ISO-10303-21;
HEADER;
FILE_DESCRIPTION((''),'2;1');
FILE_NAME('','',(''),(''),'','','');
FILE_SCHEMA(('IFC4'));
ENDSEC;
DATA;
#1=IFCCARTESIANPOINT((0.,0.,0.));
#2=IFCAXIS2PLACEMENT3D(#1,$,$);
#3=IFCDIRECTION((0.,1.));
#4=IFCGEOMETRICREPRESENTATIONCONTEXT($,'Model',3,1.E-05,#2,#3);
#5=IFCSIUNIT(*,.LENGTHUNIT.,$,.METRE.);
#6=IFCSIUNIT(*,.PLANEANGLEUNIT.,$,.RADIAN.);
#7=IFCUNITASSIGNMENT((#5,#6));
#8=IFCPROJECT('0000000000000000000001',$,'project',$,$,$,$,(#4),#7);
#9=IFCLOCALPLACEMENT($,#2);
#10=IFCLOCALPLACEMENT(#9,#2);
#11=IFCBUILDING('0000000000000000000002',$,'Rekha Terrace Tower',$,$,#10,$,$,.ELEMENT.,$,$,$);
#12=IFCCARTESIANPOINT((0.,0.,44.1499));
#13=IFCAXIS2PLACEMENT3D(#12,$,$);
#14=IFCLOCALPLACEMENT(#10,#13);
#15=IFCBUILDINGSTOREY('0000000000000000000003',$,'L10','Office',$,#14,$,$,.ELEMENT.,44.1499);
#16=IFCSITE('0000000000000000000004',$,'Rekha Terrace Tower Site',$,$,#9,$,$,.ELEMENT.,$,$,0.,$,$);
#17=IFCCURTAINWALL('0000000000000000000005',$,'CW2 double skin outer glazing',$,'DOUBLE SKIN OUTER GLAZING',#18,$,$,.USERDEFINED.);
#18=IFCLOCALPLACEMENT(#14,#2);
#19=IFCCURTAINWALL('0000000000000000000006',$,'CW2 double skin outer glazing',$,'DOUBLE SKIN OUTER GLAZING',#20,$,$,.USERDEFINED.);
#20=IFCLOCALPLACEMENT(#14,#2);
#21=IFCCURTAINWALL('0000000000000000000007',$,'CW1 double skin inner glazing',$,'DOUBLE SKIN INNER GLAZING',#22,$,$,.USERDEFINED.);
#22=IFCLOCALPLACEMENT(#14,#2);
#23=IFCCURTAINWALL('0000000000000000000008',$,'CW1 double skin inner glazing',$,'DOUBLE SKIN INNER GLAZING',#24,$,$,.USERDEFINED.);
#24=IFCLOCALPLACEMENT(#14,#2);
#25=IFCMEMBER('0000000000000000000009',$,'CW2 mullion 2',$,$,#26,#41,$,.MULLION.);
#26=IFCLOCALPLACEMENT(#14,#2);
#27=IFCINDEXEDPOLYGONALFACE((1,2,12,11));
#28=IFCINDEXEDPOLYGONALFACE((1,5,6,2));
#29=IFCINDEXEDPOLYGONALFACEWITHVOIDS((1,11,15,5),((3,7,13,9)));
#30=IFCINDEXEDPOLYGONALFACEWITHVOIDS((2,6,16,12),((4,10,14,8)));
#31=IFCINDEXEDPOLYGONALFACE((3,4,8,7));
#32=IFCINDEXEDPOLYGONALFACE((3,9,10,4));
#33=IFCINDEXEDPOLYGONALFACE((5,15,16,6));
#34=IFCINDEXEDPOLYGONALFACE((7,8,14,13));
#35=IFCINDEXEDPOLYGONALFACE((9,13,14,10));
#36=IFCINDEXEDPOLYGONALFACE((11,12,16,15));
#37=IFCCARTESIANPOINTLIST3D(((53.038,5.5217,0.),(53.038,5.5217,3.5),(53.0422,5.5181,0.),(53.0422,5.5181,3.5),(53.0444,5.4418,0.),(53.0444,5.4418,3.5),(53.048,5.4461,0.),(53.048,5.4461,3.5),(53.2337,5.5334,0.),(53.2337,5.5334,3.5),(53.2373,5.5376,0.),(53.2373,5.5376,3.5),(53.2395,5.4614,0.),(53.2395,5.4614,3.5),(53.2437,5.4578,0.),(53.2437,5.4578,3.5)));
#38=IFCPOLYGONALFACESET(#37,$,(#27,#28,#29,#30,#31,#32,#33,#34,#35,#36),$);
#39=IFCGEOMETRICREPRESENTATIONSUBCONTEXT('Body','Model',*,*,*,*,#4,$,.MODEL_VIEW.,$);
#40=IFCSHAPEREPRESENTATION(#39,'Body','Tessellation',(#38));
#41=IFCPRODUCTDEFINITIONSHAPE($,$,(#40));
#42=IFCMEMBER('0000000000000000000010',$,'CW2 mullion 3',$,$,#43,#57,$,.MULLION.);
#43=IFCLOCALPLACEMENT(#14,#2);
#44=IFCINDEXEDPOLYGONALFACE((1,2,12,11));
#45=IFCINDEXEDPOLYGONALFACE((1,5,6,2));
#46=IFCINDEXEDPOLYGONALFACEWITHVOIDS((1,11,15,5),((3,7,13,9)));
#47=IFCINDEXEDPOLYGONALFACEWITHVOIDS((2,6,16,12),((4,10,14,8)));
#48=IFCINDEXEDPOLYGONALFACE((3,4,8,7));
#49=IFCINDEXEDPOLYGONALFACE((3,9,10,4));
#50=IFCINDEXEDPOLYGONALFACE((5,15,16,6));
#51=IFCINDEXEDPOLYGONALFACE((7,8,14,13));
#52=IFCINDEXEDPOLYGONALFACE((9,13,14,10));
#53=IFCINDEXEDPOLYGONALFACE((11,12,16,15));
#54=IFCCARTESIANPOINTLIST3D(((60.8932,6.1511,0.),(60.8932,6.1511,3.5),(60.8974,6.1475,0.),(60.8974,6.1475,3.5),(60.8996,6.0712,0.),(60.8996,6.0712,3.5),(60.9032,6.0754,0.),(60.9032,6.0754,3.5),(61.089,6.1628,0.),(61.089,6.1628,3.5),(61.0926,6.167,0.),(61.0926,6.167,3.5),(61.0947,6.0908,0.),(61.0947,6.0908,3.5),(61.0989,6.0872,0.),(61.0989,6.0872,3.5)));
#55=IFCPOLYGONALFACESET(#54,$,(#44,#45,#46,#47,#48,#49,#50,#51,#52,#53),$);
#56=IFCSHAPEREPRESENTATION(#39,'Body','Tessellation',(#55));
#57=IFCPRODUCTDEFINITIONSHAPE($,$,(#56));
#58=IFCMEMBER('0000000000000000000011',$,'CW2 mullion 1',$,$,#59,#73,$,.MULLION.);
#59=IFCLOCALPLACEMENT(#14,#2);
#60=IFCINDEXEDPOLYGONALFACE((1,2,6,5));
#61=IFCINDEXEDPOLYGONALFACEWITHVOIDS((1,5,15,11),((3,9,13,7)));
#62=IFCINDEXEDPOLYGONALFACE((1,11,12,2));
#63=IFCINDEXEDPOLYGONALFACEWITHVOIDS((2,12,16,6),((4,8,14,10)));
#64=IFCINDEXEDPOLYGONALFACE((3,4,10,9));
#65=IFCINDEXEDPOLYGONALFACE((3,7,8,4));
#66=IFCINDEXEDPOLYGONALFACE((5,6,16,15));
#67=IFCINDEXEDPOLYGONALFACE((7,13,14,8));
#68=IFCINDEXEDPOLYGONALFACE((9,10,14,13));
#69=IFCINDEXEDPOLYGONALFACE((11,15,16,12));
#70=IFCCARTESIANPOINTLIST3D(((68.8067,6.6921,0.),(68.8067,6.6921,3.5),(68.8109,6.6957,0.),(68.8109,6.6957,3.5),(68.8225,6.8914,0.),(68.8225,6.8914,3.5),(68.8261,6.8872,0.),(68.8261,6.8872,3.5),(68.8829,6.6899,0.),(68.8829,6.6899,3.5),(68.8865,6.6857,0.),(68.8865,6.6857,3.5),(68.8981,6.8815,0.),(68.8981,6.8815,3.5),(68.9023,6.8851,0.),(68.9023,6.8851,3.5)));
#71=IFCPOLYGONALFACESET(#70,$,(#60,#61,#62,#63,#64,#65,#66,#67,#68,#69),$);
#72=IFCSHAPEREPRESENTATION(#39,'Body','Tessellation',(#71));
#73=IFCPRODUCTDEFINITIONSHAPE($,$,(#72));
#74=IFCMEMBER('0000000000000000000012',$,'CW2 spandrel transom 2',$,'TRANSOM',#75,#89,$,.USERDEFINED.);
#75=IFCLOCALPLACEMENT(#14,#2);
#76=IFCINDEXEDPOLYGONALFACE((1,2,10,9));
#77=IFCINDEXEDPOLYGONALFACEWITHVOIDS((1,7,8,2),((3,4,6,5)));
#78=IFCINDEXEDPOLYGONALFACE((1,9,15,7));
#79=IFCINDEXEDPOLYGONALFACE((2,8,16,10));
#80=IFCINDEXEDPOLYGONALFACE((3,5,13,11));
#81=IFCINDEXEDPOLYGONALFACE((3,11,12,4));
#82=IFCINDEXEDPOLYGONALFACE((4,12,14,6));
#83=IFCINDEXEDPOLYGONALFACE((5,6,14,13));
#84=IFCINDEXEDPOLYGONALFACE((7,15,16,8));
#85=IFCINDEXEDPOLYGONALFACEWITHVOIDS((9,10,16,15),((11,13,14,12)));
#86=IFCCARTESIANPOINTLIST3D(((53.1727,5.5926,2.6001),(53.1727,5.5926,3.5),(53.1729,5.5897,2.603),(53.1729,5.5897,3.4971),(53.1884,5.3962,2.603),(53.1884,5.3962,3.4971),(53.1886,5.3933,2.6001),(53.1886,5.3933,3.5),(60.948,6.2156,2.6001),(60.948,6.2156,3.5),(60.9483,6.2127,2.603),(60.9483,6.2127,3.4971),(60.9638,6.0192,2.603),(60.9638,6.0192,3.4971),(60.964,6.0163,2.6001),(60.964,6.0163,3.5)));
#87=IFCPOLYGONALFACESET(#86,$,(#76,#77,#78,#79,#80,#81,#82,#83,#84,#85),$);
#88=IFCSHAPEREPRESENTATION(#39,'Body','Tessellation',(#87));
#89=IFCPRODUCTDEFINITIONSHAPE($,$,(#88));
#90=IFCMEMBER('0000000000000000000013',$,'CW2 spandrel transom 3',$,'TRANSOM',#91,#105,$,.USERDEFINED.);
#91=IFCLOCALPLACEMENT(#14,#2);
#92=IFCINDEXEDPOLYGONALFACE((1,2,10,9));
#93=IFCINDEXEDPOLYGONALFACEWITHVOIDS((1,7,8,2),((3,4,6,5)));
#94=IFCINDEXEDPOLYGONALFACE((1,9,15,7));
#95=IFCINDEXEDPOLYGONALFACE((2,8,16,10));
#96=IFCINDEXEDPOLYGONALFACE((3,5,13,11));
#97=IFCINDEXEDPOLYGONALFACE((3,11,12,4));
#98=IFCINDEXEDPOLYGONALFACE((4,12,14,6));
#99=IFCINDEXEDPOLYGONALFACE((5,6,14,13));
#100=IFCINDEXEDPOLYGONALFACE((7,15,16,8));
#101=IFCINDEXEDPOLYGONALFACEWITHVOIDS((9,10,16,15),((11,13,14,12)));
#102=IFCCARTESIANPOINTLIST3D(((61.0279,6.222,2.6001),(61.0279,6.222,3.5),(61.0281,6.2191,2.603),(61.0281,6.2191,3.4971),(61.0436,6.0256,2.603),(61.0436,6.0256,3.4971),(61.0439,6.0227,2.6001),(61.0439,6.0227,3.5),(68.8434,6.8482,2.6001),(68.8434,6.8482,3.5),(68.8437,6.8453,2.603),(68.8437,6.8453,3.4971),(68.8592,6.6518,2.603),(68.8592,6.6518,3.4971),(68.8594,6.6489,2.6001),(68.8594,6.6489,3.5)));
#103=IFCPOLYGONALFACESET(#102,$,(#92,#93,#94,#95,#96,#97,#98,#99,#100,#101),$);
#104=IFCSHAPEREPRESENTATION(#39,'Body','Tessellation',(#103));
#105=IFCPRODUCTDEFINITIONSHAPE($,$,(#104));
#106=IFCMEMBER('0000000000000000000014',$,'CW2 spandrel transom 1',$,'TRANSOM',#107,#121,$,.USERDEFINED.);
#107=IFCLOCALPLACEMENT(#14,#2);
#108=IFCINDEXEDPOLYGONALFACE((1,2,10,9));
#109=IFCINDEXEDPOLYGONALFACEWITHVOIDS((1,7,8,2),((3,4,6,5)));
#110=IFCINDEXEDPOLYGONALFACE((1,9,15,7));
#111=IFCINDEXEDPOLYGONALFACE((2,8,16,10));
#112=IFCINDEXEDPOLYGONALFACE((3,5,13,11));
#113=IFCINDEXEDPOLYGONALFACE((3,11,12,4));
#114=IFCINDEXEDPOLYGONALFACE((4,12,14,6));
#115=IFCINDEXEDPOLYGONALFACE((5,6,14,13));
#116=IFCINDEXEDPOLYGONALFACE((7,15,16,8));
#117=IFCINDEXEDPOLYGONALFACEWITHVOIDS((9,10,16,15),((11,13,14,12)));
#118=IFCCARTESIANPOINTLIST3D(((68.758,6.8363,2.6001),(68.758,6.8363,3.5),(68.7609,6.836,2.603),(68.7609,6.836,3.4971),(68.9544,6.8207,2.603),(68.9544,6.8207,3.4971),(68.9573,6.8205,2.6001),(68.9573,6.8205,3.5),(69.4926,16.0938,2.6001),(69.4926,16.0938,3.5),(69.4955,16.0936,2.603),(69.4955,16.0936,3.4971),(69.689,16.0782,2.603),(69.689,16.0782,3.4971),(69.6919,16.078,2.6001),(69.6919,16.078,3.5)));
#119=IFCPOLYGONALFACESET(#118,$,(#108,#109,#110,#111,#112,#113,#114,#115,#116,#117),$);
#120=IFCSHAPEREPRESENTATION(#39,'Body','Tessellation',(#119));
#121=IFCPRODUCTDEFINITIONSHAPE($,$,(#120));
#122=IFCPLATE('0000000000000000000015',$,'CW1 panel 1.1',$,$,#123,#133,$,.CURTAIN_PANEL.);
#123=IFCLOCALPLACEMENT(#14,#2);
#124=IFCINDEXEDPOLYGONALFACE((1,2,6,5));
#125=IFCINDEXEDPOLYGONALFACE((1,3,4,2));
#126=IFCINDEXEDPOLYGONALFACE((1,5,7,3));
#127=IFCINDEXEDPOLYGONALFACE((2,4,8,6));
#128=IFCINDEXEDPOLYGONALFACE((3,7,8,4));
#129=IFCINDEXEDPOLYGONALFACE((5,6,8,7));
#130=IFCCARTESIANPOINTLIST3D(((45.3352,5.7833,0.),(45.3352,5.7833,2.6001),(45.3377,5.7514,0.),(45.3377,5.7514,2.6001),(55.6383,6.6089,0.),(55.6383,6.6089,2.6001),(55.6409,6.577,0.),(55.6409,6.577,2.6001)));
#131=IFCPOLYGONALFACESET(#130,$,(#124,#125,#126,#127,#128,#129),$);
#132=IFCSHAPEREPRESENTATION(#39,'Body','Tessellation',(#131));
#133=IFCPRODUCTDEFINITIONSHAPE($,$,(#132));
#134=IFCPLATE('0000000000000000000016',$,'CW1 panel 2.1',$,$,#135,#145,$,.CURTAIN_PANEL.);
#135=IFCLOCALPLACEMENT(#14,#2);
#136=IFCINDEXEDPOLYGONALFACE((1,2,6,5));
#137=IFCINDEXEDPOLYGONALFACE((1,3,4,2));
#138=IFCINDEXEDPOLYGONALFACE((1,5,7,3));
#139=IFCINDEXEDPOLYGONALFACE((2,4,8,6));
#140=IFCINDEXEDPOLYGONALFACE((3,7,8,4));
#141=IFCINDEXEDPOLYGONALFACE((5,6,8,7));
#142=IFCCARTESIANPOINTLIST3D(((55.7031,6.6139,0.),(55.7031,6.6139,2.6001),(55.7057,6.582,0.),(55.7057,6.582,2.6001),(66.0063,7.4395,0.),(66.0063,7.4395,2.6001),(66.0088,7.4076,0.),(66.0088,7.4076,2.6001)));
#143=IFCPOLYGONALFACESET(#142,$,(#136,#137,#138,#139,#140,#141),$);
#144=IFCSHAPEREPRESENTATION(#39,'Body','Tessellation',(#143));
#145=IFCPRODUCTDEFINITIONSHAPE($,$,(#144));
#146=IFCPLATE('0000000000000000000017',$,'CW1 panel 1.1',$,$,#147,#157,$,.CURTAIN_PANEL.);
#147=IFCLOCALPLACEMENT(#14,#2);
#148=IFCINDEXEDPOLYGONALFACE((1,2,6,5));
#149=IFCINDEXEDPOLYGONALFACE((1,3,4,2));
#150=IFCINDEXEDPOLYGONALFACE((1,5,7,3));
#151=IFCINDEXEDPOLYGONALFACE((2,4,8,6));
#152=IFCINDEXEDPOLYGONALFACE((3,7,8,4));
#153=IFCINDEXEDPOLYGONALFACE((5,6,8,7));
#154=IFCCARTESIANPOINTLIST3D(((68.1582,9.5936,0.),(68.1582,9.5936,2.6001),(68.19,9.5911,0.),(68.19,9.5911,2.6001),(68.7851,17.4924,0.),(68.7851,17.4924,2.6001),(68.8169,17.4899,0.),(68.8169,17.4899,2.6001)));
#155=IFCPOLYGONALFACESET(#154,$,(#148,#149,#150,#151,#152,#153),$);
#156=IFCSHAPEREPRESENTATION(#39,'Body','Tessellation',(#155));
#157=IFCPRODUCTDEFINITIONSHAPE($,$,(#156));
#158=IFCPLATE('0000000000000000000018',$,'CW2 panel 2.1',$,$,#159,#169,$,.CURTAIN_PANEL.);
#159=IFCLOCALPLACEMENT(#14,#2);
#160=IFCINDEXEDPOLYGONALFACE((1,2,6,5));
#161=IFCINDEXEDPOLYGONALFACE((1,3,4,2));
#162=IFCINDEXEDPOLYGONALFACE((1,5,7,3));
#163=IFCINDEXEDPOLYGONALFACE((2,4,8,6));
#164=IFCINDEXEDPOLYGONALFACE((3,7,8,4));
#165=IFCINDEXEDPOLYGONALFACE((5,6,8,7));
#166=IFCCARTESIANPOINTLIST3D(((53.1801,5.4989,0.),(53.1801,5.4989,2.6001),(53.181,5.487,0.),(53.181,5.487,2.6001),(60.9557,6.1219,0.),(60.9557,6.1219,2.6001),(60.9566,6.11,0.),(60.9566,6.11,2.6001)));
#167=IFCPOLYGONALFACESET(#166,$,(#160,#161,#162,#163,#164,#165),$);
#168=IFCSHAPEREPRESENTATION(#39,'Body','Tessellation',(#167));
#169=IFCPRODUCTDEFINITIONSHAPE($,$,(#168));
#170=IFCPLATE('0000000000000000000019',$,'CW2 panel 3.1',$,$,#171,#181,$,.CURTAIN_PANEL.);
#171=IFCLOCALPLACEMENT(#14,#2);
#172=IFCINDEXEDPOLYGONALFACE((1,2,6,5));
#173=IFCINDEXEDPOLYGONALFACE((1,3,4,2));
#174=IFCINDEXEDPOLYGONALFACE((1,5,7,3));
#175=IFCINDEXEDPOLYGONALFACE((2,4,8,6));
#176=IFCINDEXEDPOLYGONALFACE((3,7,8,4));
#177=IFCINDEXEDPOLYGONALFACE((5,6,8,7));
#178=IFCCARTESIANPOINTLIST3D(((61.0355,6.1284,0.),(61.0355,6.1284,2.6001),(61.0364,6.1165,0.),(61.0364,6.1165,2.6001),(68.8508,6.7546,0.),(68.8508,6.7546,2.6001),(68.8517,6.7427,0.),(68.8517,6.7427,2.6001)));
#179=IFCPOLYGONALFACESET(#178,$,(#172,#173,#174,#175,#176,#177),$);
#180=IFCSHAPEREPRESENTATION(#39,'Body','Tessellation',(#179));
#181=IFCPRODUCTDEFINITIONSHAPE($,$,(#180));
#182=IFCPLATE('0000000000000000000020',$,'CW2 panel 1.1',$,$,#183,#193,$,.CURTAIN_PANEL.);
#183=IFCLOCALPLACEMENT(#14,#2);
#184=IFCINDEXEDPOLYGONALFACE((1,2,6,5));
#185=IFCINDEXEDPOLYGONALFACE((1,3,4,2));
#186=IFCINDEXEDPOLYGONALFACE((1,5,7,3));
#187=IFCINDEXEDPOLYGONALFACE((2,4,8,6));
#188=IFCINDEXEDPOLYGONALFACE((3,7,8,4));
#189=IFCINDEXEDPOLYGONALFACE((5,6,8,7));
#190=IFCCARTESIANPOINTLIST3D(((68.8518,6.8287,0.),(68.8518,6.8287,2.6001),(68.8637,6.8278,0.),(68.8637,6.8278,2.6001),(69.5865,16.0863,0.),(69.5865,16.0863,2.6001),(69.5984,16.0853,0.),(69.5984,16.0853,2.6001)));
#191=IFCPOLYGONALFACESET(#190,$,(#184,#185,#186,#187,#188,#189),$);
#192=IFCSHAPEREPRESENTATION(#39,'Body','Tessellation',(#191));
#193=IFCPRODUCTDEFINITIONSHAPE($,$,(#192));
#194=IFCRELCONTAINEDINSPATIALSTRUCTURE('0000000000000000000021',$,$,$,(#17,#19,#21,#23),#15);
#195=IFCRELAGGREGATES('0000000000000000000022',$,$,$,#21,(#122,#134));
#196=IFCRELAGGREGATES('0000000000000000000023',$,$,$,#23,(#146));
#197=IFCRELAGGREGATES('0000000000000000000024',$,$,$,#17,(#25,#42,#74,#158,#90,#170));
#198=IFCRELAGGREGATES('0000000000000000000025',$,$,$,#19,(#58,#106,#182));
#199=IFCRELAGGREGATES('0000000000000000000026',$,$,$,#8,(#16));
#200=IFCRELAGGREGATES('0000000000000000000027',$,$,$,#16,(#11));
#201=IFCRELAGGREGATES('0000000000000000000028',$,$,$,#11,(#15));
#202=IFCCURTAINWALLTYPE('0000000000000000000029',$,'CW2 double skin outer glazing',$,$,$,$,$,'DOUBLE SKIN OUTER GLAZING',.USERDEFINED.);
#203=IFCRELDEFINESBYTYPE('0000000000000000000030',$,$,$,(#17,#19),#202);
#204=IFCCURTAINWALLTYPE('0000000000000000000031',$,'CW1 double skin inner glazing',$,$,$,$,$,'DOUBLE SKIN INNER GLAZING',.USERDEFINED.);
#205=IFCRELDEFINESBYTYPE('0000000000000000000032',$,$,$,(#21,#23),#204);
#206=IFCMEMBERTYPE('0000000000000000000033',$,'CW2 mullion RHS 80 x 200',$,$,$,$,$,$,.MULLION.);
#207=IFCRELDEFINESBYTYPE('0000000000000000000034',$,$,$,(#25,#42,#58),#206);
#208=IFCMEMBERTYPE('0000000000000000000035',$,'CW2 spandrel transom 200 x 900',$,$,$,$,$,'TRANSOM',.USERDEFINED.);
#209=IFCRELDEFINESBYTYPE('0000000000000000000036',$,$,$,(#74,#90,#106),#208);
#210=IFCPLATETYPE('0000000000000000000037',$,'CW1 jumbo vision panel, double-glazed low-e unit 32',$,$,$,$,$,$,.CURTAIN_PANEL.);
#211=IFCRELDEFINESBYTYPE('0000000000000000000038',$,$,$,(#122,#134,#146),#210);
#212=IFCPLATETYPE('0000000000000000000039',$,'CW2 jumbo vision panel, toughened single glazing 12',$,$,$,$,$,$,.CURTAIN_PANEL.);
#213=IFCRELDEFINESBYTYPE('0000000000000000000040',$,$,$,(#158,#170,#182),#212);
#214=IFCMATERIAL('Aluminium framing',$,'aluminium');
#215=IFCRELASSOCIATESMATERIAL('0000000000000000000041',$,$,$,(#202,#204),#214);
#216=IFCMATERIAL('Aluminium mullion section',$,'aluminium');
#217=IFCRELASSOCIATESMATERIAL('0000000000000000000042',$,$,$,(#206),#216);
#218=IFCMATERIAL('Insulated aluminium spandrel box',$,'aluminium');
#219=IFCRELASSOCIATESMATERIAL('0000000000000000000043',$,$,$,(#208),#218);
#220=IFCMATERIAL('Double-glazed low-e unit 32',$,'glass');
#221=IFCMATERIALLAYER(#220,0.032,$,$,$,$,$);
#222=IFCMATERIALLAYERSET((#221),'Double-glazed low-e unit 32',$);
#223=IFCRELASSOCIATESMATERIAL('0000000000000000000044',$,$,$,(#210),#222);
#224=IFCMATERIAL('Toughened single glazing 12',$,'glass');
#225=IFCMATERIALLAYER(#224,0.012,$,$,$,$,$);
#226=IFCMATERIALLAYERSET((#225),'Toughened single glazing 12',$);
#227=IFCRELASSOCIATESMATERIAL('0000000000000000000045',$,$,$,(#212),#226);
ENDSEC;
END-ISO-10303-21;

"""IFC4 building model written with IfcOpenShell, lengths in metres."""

from ifc_helpers import new_model, si_unit, direction, frame, origin, origin_2d, place, context, subcontext, project, spatial, rectangle, hollow_rectangle, extrude, material, layer, layer_set, material_profile, profile_set, type_object, element, aggregate, save


model = new_model("IFC4")

# Units and contexts
model_context = context("Model", 3, precision=1e-05, world=origin(), true_north=direction((0.0, 1.0)))
body_context = subcontext(model_context, "Body", "Model", "MODEL_VIEW")
ifc_project = project(units=[si_unit("LENGTHUNIT", "METRE"), si_unit("PLANEANGLEUNIT", "RADIAN")], contexts=[model_context])

# Site, building, storey
site_placement = place(None, origin())
site = spatial("IfcSite", under=ifc_project, at=site_placement, Name="Rekha Terrace Tower Site", CompositionType="ELEMENT", RefElevation=0.0)
building_placement = place(site_placement, origin())
building = spatial("IfcBuilding", under=site, at=building_placement, Name="Rekha Terrace Tower", CompositionType="ELEMENT")
storey_placement = place(building_placement, frame((0.0, 0.0, 44.1499)))
storey = spatial("IfcBuildingStorey", under=building, at=storey_placement, Name="L10", Description="Office", CompositionType="ELEMENT", Elevation=44.1499)

# Curtain wall
ifc_material_1 = material(Name="Aluminium framing", Category="aluminium")
curtain_wall_type_1 = type_object("IfcCurtainWallType", Name="CW2 double skin outer glazing", ElementType="DOUBLE SKIN OUTER GLAZING", PredefinedType="USERDEFINED", material=ifc_material_1)
curtain_wall_1_placement = place(storey_placement, origin())
curtain_wall_1 = element("IfcCurtainWall", 1, at=curtain_wall_1_placement, inside=storey, type_object=curtain_wall_type_1, Name="CW2 double skin outer glazing", ObjectType="DOUBLE SKIN OUTER GLAZING", PredefinedType="USERDEFINED")

# Curtain wall
curtain_wall_2_placement = place(storey_placement, origin())
curtain_wall_2 = element("IfcCurtainWall", 2, at=curtain_wall_2_placement, inside=storey, type_object=curtain_wall_type_1, Name="CW2 double skin outer glazing", ObjectType="DOUBLE SKIN OUTER GLAZING", PredefinedType="USERDEFINED")

# Curtain wall
curtain_wall_type_2 = type_object("IfcCurtainWallType", Name="CW1 double skin inner glazing", ElementType="DOUBLE SKIN INNER GLAZING", PredefinedType="USERDEFINED", material=ifc_material_1)
curtain_wall_3_placement = place(storey_placement, origin())
curtain_wall_3 = element("IfcCurtainWall", 3, at=curtain_wall_3_placement, inside=storey, type_object=curtain_wall_type_2, Name="CW1 double skin inner glazing", ObjectType="DOUBLE SKIN INNER GLAZING", PredefinedType="USERDEFINED")
ifc_material_2 = material(Name="Aluminium mullion section", Category="aluminium")

# Curtain wall
curtain_wall_4_placement = place(storey_placement, origin())
curtain_wall_4 = element("IfcCurtainWall", 4, at=curtain_wall_4_placement, inside=storey, type_object=curtain_wall_type_2, Name="CW1 double skin inner glazing", ObjectType="DOUBLE SKIN INNER GLAZING", PredefinedType="USERDEFINED")

# Members
ifc_material_3 = material(Name="Insulated aluminium spandrel box", Category="aluminium")
ifc_material_profile_1 = material_profile(ifc_material_2, hollow_rectangle(XDim=0.0801, YDim=0.2, WallThickness=0.0039, at=origin_2d()), Name="AL RHS 80x200")
ifc_profile_set_1 = profile_set([ifc_material_profile_1], Name="Aluminium mullion section")
member_type_1 = type_object("IfcMemberType", Name="CW2 mullion RHS 80 x 200", PredefinedType="MULLION", material=ifc_profile_set_1)
member_1_placement = place(storey_placement, frame((53.1409, 5.4897, 0.0), z_axis=(0.0, 0.0, 1.0), x_axis=(-0.079872, 0.996805, 0.0)))
member_1 = element("IfcMember", 5, at=member_1_placement, type_object=member_type_1, Name="CW2 mullion 2", PredefinedType="MULLION", context=body_context, shape_type="SweptSolid", body=[
    extrude(hollow_rectangle(XDim=0.0801, YDim=0.2, WallThickness=0.0039, at=origin_2d()), origin(), (0.0, 0.0, 1.0), 3.5),
])
member_2_placement = place(storey_placement, frame((60.9961, 6.1191, 0.0), z_axis=(0.0, 0.0, 1.0), x_axis=(-0.079872, 0.996805, 0.0)))
member_2 = element("IfcMember", 6, at=member_2_placement, type_object=member_type_1, Name="CW2 mullion 3", PredefinedType="MULLION", context=body_context, shape_type="SweptSolid", body=[
    extrude(hollow_rectangle(XDim=0.0801, YDim=0.2, WallThickness=0.0039, at=origin_2d()), origin(), (0.0, 0.0, 1.0), 3.5),
])
member_3_placement = place(storey_placement, frame((68.8545, 6.7886, 0.0), z_axis=(0.0, 0.0, 1.0), x_axis=(-0.996865, 0.079116, 0.0)))
member_3 = element("IfcMember", 7, at=member_3_placement, type_object=member_type_1, Name="CW2 mullion 1", PredefinedType="MULLION", context=body_context, shape_type="SweptSolid", body=[
    extrude(hollow_rectangle(XDim=0.0801, YDim=0.2, WallThickness=0.0039, at=origin_2d()), origin(), (0.0, 0.0, 1.0), 3.5),
])
ifc_material_profile_2 = material_profile(ifc_material_3, hollow_rectangle(XDim=0.2, YDim=0.8999, WallThickness=0.0029, at=origin_2d()), Name="AL SPANDREL BOX 200x900")
ifc_profile_set_2 = profile_set([ifc_material_profile_2], Name="Insulated aluminium spandrel box")
member_type_2 = type_object("IfcMemberType", Name="CW2 spandrel transom 200 x 900", ElementType="TRANSOM", PredefinedType="USERDEFINED", material=ifc_profile_set_2)
member_4_placement = place(storey_placement, frame((53.1807, 5.4929, 3.05), z_axis=(0.996805, 0.079875, 0.0), x_axis=(-0.079875, 0.996805, 0.0)))
member_4 = element("IfcMember", 8, at=member_4_placement, type_object=member_type_2, Name="CW2 spandrel transom 2", ObjectType="TRANSOM", PredefinedType="USERDEFINED", context=body_context, shape_type="SweptSolid", body=[
    extrude(hollow_rectangle(XDim=0.2, YDim=0.8999, WallThickness=0.0029, at=origin_2d()), origin(), (0.0, 0.0, 1.0), 7.8003),
])
member_5_placement = place(storey_placement, frame((61.0359, 6.1223, 3.05), z_axis=(0.996805, 0.07987, 0.0), x_axis=(-0.07987, 0.996805, 0.0)))
member_5 = element("IfcMember", 9, at=member_5_placement, type_object=member_type_2, Name="CW2 spandrel transom 3", ObjectType="TRANSOM", PredefinedType="USERDEFINED", context=body_context, shape_type="SweptSolid", body=[
    extrude(hollow_rectangle(XDim=0.2, YDim=0.8999, WallThickness=0.0029, at=origin_2d()), origin(), (0.0, 0.0, 1.0), 7.8406),
])
member_6_placement = place(storey_placement, frame((68.8577, 6.8284, 3.05), z_axis=(0.079105, 0.996866, 0.0), x_axis=(-0.996866, 0.079105, 0.0)))
member_6 = element("IfcMember", 10, at=member_6_placement, type_object=member_type_2, Name="CW2 spandrel transom 1", ObjectType="TRANSOM", PredefinedType="USERDEFINED", context=body_context, shape_type="SweptSolid", body=[
    extrude(hollow_rectangle(XDim=0.2, YDim=0.8999, WallThickness=0.0029, at=origin_2d()), origin(), (0.0, 0.0, 1.0), 9.2866),
])

# Plates
ifc_material_4 = material(Name="Double-glazed low-e unit 32", Category="glass")
ifc_layer_1 = layer(ifc_material_4, 0.032)
ifc_layer_set_1 = layer_set([ifc_layer_1], Name="Double-glazed low-e unit 32")
plate_type_1 = type_object("IfcPlateType", Name="CW1 jumbo vision panel, double-glazed low-e unit 32", PredefinedType="CURTAIN_PANEL", material=ifc_layer_set_1)
plate_1_placement = place(storey_placement, frame((50.488, 6.1802, 0.0), z_axis=(0.0, 0.0, 1.0), x_axis=(0.996805, 0.079872, 0.0)))
plate_1 = element("IfcPlate", 11, at=plate_1_placement, type_object=plate_type_1, Name="CW1 panel 1.1", PredefinedType="CURTAIN_PANEL", context=body_context, shape_type="SweptSolid", body=[
    extrude(rectangle(XDim=10.3362, YDim=0.032, at=origin_2d()), origin(), (0.0, 0.0, 1.0), 2.6001),
])
plate_2_placement = place(storey_placement, frame((60.856, 7.0107, 0.0), z_axis=(0.0, 0.0, 1.0), x_axis=(0.996805, 0.079872, 0.0)))
plate_2 = element("IfcPlate", 12, at=plate_2_placement, type_object=plate_type_1, Name="CW1 panel 2.1", PredefinedType="CURTAIN_PANEL", context=body_context, shape_type="SweptSolid", body=[
    extrude(rectangle(XDim=10.3362, YDim=0.032, at=origin_2d()), origin(), (0.0, 0.0, 1.0), 2.6001),
])
aggregate(curtain_wall_3, [plate_1, plate_2])
plate_3_placement = place(storey_placement, frame((68.4875, 13.5417, 0.0), z_axis=(0.0, 0.0, 1.0), x_axis=(0.079116, 0.996865, 0.0)))
plate_3 = element("IfcPlate", 13, at=plate_3_placement, type_object=plate_type_1, Name="CW1 panel 1.1", PredefinedType="CURTAIN_PANEL", context=body_context, shape_type="SweptSolid", body=[
    extrude(rectangle(XDim=7.9236, YDim=0.032, at=origin_2d()), origin(), (0.0, 0.0, 1.0), 2.6001),
])
aggregate(curtain_wall_4, [plate_3])
ifc_material_5 = material(Name="Toughened single glazing 12", Category="glass")
ifc_layer_2 = layer(ifc_material_5, 0.012)
ifc_layer_set_2 = layer_set([ifc_layer_2], Name="Toughened single glazing 12")
plate_type_2 = type_object("IfcPlateType", Name="CW2 jumbo vision panel, toughened single glazing 12", PredefinedType="CURTAIN_PANEL", material=ifc_layer_set_2)
plate_4_placement = place(storey_placement, frame((57.0684, 5.8044, 0.0), z_axis=(0.0, 0.0, 1.0), x_axis=(0.996805, 0.079872, 0.0)))
plate_4 = element("IfcPlate", 14, at=plate_4_placement, type_object=plate_type_2, Name="CW2 panel 2.1", PredefinedType="CURTAIN_PANEL", context=body_context, shape_type="SweptSolid", body=[
    extrude(rectangle(XDim=7.8005, YDim=0.012, at=origin_2d()), origin(), (0.0, 0.0, 1.0), 2.6001),
])
plate_5_placement = place(storey_placement, frame((64.9436, 6.4355, 0.0), z_axis=(0.0, 0.0, 1.0), x_axis=(0.996805, 0.079872, 0.0)))
plate_5 = element("IfcPlate", 15, at=plate_5_placement, type_object=plate_type_2, Name="CW2 panel 3.1", PredefinedType="CURTAIN_PANEL", context=body_context, shape_type="SweptSolid", body=[
    extrude(rectangle(XDim=7.8403, YDim=0.012, at=origin_2d()), origin(), (0.0, 0.0, 1.0), 2.6001),
])
aggregate(curtain_wall_1, [member_1, member_2, member_4, plate_4, member_5, plate_5])
plate_6_placement = place(storey_placement, frame((69.2251, 11.457, 0.0), z_axis=(0.0, 0.0, 1.0), x_axis=(0.079116, 0.996865, 0.0)))
plate_6 = element("IfcPlate", 16, at=plate_6_placement, type_object=plate_type_2, Name="CW2 panel 1.1", PredefinedType="CURTAIN_PANEL", context=body_context, shape_type="SweptSolid", body=[
    extrude(rectangle(XDim=9.2866, YDim=0.012, at=origin_2d()), origin(), (0.0, 0.0, 1.0), 2.6001),
])
aggregate(curtain_wall_2, [member_3, member_6, plate_6])

save(model, "model.ifc")
